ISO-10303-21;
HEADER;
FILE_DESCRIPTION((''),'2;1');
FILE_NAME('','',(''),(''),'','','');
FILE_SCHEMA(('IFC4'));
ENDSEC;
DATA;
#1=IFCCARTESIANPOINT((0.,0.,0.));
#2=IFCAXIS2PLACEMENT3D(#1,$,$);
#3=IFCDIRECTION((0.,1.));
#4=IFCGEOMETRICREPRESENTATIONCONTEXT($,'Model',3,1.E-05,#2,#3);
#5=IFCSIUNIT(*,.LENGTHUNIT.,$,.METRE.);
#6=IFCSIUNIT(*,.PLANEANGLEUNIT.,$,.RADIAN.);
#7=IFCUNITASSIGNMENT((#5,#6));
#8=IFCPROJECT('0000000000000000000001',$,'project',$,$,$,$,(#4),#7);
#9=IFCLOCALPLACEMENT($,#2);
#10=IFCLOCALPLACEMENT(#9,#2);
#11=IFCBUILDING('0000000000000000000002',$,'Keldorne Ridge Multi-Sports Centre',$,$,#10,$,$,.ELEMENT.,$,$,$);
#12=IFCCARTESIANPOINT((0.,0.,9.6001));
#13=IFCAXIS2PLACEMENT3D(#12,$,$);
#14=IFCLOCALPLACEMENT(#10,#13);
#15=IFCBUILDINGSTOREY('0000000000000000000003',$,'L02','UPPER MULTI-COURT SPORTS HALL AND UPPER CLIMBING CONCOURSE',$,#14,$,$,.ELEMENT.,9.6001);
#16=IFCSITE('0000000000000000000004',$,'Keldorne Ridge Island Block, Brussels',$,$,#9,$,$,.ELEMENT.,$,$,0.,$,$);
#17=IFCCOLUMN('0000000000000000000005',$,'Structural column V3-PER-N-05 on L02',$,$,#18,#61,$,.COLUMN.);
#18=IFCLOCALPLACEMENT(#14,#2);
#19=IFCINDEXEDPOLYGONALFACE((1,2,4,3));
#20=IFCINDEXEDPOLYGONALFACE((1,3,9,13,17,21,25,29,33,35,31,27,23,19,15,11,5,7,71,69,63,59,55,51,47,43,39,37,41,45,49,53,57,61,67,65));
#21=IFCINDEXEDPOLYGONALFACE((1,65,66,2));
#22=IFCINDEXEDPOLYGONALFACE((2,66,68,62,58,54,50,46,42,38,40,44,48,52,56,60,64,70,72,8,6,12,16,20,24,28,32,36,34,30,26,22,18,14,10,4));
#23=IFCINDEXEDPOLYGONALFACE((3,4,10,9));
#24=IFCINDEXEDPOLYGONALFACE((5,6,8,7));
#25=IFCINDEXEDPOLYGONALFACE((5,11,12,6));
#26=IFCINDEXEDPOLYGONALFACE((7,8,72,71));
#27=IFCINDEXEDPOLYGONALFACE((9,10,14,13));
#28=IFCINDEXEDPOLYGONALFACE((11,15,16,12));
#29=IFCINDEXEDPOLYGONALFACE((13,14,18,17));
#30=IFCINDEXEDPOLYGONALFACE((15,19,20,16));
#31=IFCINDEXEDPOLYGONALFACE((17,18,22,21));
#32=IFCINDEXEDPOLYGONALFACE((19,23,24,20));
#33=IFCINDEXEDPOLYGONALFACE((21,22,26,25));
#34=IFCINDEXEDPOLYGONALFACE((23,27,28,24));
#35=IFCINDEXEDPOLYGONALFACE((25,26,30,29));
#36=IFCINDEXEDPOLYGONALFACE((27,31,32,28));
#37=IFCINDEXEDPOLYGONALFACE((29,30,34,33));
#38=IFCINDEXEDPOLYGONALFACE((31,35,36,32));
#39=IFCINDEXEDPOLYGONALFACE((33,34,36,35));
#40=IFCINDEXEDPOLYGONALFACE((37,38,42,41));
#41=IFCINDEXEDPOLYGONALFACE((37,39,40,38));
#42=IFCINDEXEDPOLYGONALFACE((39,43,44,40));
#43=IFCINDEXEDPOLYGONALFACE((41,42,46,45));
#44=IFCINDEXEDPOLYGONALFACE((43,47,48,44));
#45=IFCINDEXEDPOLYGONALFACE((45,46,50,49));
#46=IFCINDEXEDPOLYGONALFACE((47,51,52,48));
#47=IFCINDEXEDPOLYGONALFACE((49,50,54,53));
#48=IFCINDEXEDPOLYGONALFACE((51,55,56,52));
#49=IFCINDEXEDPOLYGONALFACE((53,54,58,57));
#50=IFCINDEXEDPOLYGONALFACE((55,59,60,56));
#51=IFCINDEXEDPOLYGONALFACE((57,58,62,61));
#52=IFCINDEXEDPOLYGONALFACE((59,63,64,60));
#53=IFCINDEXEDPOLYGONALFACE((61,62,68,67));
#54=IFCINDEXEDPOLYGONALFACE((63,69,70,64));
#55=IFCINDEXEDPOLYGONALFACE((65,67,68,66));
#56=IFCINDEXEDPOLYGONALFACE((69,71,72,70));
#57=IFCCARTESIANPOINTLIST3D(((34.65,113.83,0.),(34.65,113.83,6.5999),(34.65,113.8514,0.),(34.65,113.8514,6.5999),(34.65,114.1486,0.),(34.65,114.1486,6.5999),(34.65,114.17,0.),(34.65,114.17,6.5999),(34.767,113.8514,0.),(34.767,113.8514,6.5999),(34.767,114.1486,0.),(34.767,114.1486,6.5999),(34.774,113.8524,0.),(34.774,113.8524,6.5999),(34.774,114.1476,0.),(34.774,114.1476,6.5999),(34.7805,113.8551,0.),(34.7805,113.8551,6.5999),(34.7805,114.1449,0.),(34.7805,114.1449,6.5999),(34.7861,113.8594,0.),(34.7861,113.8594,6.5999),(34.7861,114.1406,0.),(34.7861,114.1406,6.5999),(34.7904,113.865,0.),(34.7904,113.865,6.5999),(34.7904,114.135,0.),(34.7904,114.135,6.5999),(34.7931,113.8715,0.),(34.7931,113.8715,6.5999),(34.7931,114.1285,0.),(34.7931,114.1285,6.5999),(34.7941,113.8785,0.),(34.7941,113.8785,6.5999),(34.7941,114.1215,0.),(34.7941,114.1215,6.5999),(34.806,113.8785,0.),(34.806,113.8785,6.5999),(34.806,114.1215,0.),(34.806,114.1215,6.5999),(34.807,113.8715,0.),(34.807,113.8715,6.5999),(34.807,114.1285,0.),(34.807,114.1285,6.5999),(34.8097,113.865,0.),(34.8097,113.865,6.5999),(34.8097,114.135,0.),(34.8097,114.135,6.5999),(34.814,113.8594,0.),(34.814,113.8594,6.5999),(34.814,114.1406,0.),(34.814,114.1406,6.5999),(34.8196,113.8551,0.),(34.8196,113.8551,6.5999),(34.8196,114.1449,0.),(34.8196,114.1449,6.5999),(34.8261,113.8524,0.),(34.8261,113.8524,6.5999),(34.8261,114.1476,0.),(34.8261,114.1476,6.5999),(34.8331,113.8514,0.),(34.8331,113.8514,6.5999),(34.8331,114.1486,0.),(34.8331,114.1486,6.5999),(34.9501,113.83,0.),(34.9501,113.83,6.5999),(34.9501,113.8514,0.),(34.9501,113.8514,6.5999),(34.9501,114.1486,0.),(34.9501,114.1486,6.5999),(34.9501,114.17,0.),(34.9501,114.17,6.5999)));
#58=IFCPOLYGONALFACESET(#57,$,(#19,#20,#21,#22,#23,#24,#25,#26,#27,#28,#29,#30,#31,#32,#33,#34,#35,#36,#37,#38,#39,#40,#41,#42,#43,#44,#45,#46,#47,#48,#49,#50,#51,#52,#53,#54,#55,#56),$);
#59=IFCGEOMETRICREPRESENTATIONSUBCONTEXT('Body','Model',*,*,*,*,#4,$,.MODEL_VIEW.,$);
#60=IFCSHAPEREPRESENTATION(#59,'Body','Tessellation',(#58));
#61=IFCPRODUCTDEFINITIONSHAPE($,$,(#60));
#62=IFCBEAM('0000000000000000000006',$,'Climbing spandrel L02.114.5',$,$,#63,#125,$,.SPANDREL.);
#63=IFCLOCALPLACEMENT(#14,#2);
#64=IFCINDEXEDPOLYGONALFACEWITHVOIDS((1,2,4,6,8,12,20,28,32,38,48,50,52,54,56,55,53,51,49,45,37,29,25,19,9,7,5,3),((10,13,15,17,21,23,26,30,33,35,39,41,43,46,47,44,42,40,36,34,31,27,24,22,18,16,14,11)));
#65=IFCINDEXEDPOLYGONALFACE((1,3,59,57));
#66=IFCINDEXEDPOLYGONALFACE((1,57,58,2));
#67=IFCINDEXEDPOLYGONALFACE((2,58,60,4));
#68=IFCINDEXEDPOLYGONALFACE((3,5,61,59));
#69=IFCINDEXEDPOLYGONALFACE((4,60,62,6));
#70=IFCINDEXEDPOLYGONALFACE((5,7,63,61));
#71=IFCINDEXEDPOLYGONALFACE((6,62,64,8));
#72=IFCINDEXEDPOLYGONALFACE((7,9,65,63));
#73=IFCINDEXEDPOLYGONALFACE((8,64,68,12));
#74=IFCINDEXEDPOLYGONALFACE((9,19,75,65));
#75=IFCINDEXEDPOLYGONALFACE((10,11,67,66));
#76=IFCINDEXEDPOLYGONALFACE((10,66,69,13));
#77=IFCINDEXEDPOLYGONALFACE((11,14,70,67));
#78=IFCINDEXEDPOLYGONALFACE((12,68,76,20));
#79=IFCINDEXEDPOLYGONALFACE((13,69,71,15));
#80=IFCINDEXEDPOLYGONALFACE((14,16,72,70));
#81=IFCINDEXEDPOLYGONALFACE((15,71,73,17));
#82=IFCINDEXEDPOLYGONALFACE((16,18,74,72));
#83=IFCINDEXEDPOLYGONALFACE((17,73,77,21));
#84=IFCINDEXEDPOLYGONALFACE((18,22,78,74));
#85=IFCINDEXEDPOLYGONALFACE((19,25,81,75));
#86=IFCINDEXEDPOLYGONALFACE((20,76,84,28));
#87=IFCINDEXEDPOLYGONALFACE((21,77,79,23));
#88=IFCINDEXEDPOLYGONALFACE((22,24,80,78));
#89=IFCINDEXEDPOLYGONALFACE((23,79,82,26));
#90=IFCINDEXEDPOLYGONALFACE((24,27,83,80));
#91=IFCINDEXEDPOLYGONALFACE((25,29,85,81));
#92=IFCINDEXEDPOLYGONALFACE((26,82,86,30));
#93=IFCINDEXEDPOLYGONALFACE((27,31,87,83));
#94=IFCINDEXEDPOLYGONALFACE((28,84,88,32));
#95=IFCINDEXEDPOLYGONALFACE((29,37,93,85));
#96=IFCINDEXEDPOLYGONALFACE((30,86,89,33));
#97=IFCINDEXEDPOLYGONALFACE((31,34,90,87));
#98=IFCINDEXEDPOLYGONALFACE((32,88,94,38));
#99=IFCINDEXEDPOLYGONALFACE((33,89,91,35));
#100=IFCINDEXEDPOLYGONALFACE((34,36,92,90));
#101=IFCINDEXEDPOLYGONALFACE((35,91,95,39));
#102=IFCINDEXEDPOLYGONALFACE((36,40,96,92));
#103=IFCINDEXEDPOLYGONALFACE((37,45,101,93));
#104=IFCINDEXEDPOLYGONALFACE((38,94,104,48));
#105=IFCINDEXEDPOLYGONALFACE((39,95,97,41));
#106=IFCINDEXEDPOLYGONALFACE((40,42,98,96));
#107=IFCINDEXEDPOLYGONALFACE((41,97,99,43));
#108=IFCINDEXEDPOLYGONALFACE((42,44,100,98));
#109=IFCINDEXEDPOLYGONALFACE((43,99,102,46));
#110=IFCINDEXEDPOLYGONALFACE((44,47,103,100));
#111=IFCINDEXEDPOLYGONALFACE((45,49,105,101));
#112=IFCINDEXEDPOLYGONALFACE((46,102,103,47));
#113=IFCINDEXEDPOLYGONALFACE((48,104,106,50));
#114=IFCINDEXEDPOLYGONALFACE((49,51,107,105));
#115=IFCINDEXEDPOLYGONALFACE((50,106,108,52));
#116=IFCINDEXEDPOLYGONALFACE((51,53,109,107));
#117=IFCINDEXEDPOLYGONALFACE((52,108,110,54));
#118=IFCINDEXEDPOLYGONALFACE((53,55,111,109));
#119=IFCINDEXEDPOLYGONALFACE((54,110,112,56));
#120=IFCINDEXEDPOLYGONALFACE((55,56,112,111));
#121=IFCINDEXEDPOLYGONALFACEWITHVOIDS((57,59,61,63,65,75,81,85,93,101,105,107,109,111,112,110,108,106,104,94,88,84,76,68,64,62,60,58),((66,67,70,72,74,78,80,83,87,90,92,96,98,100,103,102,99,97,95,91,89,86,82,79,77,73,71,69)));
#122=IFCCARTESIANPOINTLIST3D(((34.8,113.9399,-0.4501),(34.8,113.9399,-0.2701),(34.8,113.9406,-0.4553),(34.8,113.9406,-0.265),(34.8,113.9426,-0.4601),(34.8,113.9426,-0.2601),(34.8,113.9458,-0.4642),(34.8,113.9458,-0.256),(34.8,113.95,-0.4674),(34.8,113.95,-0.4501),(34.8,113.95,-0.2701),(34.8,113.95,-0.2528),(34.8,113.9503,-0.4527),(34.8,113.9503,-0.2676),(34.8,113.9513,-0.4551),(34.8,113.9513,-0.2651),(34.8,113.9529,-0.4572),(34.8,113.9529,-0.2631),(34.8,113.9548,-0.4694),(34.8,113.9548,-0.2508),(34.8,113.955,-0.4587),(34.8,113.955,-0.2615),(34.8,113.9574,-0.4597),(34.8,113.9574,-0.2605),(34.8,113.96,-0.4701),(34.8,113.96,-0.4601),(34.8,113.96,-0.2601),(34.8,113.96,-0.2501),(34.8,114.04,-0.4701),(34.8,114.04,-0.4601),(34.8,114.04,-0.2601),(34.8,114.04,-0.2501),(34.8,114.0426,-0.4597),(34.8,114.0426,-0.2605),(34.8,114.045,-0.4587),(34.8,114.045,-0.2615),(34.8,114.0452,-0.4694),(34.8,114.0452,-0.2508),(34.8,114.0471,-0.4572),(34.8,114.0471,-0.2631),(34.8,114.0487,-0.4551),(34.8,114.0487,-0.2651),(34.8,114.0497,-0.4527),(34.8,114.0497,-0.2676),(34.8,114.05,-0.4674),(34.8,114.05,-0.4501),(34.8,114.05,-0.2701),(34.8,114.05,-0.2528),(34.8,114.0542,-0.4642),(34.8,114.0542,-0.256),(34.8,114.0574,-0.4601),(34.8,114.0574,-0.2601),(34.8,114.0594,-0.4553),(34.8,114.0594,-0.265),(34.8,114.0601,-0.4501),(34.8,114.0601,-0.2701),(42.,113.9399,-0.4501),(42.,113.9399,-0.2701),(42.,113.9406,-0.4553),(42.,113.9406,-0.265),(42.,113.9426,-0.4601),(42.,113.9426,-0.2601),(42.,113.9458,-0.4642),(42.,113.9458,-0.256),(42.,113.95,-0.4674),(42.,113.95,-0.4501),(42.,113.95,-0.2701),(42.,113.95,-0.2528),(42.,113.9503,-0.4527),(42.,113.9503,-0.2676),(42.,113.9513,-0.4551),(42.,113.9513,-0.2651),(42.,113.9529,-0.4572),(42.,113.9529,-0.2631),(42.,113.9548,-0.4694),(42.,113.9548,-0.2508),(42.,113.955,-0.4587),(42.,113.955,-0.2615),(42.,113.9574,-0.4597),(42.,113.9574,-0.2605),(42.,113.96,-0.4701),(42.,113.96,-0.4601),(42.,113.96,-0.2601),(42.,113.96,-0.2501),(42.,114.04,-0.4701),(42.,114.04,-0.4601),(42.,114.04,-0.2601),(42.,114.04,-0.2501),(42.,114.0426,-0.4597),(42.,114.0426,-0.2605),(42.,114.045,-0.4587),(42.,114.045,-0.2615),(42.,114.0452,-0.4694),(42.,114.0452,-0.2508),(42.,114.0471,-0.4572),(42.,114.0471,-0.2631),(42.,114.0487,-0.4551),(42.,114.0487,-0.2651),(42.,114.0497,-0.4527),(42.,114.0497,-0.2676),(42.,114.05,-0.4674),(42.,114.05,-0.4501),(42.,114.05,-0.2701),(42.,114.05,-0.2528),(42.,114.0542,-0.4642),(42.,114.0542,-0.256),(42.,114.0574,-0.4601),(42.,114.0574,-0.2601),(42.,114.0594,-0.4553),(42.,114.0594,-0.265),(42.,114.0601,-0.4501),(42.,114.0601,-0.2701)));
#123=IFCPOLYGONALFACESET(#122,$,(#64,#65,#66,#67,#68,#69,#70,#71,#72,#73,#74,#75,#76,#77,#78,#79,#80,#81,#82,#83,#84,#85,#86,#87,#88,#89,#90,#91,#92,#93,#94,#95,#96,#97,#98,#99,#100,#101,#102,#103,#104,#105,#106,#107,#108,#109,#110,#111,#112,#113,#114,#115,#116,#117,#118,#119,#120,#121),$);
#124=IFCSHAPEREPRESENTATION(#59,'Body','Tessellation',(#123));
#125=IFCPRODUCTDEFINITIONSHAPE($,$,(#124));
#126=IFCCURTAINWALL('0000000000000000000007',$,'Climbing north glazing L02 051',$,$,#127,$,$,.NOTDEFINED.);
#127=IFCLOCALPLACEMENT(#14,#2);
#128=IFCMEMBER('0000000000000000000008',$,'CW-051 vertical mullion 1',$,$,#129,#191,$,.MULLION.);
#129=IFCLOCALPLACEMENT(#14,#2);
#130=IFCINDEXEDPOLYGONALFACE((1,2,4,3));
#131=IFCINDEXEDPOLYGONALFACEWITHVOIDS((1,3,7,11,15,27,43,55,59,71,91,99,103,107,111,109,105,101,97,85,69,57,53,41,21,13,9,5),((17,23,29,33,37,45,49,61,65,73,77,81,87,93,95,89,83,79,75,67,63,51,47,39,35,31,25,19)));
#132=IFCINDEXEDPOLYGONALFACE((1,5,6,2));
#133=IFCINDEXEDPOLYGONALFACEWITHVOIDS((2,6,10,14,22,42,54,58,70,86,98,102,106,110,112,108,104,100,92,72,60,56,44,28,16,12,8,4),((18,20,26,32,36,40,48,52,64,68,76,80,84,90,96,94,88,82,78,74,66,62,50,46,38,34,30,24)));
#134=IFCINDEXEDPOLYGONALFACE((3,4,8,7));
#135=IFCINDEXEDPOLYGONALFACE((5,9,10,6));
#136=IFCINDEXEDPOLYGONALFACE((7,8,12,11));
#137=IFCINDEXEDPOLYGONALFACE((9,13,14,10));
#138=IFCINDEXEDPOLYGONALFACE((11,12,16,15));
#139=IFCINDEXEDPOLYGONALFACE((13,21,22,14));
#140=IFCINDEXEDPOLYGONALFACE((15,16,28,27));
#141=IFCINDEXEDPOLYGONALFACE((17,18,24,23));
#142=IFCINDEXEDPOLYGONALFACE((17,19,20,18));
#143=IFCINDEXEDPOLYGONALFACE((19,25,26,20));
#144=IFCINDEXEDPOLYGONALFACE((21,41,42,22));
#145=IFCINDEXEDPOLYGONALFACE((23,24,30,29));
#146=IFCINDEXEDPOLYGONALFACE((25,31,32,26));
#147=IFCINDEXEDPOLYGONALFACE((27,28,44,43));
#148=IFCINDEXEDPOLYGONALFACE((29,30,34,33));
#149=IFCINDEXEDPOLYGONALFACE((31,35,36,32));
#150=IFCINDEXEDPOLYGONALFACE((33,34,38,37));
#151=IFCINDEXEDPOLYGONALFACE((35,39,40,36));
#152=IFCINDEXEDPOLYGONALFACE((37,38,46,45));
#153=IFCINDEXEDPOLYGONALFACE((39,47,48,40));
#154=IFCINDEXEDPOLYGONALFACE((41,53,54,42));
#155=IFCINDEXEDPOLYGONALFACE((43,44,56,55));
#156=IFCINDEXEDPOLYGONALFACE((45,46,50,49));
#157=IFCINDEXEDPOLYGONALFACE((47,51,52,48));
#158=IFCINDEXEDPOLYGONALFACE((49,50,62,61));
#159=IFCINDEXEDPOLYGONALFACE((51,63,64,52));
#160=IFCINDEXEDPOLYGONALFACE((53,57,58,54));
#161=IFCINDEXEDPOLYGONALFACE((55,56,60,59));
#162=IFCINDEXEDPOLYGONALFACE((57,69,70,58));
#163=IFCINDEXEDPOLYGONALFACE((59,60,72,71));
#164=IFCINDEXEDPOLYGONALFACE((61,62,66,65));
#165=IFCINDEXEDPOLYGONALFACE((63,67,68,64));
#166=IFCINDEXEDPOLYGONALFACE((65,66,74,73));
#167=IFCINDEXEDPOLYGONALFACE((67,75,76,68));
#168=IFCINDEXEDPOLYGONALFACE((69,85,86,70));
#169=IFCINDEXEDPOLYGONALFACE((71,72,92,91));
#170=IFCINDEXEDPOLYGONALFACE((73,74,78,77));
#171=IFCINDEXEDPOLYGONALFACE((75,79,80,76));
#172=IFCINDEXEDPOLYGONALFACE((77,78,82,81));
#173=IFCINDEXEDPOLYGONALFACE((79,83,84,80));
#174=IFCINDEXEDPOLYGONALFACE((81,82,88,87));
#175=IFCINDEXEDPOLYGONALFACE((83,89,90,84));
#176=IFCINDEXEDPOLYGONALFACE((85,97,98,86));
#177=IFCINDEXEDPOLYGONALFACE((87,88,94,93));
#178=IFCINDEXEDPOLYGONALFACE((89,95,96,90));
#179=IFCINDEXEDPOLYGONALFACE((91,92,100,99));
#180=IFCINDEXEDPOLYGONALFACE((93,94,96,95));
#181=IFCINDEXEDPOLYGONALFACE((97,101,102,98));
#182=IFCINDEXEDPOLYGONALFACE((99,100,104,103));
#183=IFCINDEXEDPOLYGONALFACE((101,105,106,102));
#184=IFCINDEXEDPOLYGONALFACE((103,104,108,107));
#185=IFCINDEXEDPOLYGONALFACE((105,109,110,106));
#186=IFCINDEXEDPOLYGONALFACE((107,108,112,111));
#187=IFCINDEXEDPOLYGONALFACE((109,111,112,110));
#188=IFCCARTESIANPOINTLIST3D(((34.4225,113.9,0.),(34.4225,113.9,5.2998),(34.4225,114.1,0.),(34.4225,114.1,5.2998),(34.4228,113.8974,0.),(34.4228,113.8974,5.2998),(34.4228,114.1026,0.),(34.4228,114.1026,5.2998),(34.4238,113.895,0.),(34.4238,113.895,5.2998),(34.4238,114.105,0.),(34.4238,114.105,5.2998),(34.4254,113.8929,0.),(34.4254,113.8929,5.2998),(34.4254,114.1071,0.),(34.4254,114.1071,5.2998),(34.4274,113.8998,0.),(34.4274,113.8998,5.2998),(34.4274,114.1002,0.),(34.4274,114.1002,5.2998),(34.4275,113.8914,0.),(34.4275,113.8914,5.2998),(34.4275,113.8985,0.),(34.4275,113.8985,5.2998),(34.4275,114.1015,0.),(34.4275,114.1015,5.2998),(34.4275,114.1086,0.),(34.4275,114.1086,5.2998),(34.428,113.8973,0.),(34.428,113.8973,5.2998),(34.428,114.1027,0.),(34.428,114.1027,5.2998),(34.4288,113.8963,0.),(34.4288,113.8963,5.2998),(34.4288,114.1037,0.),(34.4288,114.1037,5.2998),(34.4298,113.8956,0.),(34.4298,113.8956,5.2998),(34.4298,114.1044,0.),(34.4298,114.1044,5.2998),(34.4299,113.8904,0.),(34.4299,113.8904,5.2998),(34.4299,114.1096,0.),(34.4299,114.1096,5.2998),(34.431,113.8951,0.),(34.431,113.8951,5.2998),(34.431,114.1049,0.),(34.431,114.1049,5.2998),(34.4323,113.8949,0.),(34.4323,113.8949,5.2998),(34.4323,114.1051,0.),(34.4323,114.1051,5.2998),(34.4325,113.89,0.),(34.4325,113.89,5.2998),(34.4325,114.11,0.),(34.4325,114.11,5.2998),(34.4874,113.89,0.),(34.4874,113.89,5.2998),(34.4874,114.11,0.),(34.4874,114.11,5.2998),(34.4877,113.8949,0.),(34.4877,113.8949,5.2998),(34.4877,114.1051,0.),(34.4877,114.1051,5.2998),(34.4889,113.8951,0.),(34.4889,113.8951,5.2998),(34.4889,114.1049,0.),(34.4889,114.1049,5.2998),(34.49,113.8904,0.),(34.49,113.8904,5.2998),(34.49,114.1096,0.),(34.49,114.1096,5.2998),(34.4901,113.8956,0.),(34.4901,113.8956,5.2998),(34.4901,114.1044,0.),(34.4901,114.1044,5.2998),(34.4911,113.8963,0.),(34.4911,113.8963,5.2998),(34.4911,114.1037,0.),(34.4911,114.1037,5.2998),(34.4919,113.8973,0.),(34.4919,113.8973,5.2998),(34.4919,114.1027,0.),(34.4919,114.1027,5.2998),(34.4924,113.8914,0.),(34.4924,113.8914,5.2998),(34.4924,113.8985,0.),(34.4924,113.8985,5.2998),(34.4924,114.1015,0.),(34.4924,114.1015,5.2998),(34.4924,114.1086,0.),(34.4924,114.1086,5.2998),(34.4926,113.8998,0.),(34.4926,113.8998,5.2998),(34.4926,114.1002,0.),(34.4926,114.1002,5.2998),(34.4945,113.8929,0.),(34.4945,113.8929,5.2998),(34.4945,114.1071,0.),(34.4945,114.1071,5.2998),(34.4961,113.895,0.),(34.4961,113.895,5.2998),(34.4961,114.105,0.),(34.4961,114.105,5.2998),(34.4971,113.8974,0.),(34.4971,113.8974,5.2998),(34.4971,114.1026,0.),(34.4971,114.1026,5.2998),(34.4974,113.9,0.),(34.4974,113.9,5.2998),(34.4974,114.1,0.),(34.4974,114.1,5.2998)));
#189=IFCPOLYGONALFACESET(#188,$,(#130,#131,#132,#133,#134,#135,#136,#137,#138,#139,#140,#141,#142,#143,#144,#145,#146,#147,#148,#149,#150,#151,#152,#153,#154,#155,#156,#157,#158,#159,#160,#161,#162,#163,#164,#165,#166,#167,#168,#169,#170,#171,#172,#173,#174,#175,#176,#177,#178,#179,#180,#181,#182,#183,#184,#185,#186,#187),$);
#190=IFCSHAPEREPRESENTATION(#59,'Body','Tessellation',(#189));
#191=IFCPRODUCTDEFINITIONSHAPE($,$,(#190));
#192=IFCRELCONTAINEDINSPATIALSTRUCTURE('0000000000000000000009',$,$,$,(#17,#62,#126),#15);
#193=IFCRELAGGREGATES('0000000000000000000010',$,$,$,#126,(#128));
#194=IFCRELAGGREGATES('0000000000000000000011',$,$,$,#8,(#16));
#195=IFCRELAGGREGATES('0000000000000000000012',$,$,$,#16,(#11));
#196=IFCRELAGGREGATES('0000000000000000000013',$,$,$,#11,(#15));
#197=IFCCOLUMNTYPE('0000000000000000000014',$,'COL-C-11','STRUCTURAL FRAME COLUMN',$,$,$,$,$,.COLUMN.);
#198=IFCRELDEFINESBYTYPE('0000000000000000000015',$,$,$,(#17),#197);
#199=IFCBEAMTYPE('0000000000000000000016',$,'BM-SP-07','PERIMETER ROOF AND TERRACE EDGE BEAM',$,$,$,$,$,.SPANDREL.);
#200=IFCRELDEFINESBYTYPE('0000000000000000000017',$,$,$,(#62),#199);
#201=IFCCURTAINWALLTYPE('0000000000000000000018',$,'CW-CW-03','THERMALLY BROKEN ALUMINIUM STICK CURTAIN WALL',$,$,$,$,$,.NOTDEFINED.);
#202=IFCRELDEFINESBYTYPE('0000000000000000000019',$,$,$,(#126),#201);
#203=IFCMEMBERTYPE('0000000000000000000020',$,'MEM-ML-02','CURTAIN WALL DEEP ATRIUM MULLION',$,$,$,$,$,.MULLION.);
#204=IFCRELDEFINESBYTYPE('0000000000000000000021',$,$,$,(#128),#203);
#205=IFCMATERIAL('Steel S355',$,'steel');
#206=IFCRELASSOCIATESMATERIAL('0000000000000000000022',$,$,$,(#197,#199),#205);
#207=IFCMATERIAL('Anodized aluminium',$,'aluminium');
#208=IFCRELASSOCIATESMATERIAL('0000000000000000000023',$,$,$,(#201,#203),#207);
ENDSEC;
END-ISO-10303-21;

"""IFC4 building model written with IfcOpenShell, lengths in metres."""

from ifc_helpers import new_model, si_unit, direction, frame, origin, origin_2d, place, context, subcontext, project, spatial, hollow_rectangle, i_section, extrude, material, material_profile, profile_set, type_object, element, aggregate, save


model = new_model("IFC4")

# Units and contexts
model_context = context("Model", 3, precision=1e-05, world=origin(), true_north=direction((0.0, 1.0)))
body_context = subcontext(model_context, "Body", "Model", "MODEL_VIEW")
ifc_project = project(units=[si_unit("LENGTHUNIT", "METRE"), si_unit("PLANEANGLEUNIT", "RADIAN")], contexts=[model_context])

# Site, building, storey
site_placement = place(None, origin())
site = spatial("IfcSite", under=ifc_project, at=site_placement, Name="Keldorne Ridge Island Block, Brussels", CompositionType="ELEMENT", RefElevation=0.0)
building_placement = place(site_placement, origin())
building = spatial("IfcBuilding", under=site, at=building_placement, Name="Keldorne Ridge Multi-Sports Centre", CompositionType="ELEMENT")
storey_placement = place(building_placement, frame((0.0, 0.0, 9.6001)))
storey = spatial("IfcBuildingStorey", under=building, at=storey_placement, Name="L02", Description="UPPER MULTI-COURT SPORTS HALL AND UPPER CLIMBING CONCOURSE", CompositionType="ELEMENT", Elevation=9.6001)

# Column
ifc_material_1 = material(Name="Steel S355", Category="steel")
ifc_material_profile_1 = material_profile(ifc_material_1, i_section(OverallWidth=0.3, OverallDepth=0.3401, WebThickness=0.012, FlangeThickness=0.0215, FilletRadius=0.0271, at=origin_2d()), Name="HEB 340")
ifc_profile_set_1 = profile_set([ifc_material_profile_1], Name="Steel S355")
column_type = type_object("IfcColumnType", Name="COL-C-11", Description="STRUCTURAL FRAME COLUMN", PredefinedType="COLUMN", material=ifc_profile_set_1)
column_placement = place(storey_placement, frame((34.8, 114.0, 0.0), z_axis=(0.0, 0.0, 1.0), x_axis=(1.0, 0.0, 0.0)))
element("IfcColumn", 1, at=column_placement, inside=storey, type_object=column_type, Name="Structural column V3-PER-N-05 on L02", PredefinedType="COLUMN", context=body_context, shape_type="SweptSolid", body=[
    extrude(i_section(OverallWidth=0.3, OverallDepth=0.3401, WebThickness=0.012, FlangeThickness=0.0215, FilletRadius=0.0271, at=origin_2d()), origin(), (0.0, 0.0, 1.0), 6.5999),
])

# Beam
ifc_material_profile_2 = material_profile(ifc_material_1, hollow_rectangle(XDim=0.1201, YDim=0.22, WallThickness=0.01, InnerFilletRadius=0.01, OuterFilletRadius=0.02, at=origin_2d()), Name="RHS 220x120x10")
ifc_profile_set_2 = profile_set([ifc_material_profile_2], Name="Steel S355")
beam_type = type_object("IfcBeamType", Name="BM-SP-07", Description="PERIMETER ROOF AND TERRACE EDGE BEAM", PredefinedType="SPANDREL", material=ifc_profile_set_2)
beam_placement = place(storey_placement, frame((34.8, 114.0, -0.3601), z_axis=(1.0, 0.0, 0.0), x_axis=(0.0, 1.0, 0.0)))
element("IfcBeam", 2, at=beam_placement, inside=storey, type_object=beam_type, Name="Climbing spandrel L02.114.5", PredefinedType="SPANDREL", context=body_context, shape_type="SweptSolid", body=[
    extrude(hollow_rectangle(XDim=0.1201, YDim=0.22, WallThickness=0.01, InnerFilletRadius=0.01, OuterFilletRadius=0.02, at=origin_2d()), origin(), (0.0, 0.0, 1.0), 7.2),
])

# Curtain wall, member
ifc_material_2 = material(Name="Anodized aluminium", Category="aluminium")
curtain_wall_type_1 = type_object("IfcCurtainWallType", Name="CW-CW-03", Description="THERMALLY BROKEN ALUMINIUM STICK CURTAIN WALL", PredefinedType="NOTDEFINED", material=ifc_material_2)
curtain_wall_1_placement = place(storey_placement, origin())
curtain_wall_1 = element("IfcCurtainWall", 3, at=curtain_wall_1_placement, inside=storey, type_object=curtain_wall_type_1, Name="Climbing north glazing L02 051", PredefinedType="NOTDEFINED")
ifc_material_profile_3 = material_profile(ifc_material_2, hollow_rectangle(XDim=0.075, YDim=0.22, WallThickness=0.0049, InnerFilletRadius=0.0049, OuterFilletRadius=0.01, at=origin_2d()), Name="ALU MULLION 220x75x5")
ifc_profile_set_3 = profile_set([ifc_material_profile_3], Name="Anodized aluminium")
member_type_1 = type_object("IfcMemberType", Name="MEM-ML-02", Description="CURTAIN WALL DEEP ATRIUM MULLION", PredefinedType="MULLION", material=ifc_profile_set_3)
member_1_placement = place(storey_placement, frame((34.46, 114.0, 0.0), z_axis=(0.0, 0.0, 1.0), x_axis=(1.0, 0.0, 0.0)))
member_1 = element("IfcMember", 4, at=member_1_placement, type_object=member_type_1, Name="CW-051 vertical mullion 1", PredefinedType="MULLION", context=body_context, shape_type="SweptSolid", body=[
    extrude(hollow_rectangle(XDim=0.075, YDim=0.22, WallThickness=0.0049, InnerFilletRadius=0.0049, OuterFilletRadius=0.01, at=origin_2d()), origin(), (0.0, 0.0, 1.0), 5.2998),
])

aggregate(curtain_wall_1, [member_1])

save(model, "model.ifc")
